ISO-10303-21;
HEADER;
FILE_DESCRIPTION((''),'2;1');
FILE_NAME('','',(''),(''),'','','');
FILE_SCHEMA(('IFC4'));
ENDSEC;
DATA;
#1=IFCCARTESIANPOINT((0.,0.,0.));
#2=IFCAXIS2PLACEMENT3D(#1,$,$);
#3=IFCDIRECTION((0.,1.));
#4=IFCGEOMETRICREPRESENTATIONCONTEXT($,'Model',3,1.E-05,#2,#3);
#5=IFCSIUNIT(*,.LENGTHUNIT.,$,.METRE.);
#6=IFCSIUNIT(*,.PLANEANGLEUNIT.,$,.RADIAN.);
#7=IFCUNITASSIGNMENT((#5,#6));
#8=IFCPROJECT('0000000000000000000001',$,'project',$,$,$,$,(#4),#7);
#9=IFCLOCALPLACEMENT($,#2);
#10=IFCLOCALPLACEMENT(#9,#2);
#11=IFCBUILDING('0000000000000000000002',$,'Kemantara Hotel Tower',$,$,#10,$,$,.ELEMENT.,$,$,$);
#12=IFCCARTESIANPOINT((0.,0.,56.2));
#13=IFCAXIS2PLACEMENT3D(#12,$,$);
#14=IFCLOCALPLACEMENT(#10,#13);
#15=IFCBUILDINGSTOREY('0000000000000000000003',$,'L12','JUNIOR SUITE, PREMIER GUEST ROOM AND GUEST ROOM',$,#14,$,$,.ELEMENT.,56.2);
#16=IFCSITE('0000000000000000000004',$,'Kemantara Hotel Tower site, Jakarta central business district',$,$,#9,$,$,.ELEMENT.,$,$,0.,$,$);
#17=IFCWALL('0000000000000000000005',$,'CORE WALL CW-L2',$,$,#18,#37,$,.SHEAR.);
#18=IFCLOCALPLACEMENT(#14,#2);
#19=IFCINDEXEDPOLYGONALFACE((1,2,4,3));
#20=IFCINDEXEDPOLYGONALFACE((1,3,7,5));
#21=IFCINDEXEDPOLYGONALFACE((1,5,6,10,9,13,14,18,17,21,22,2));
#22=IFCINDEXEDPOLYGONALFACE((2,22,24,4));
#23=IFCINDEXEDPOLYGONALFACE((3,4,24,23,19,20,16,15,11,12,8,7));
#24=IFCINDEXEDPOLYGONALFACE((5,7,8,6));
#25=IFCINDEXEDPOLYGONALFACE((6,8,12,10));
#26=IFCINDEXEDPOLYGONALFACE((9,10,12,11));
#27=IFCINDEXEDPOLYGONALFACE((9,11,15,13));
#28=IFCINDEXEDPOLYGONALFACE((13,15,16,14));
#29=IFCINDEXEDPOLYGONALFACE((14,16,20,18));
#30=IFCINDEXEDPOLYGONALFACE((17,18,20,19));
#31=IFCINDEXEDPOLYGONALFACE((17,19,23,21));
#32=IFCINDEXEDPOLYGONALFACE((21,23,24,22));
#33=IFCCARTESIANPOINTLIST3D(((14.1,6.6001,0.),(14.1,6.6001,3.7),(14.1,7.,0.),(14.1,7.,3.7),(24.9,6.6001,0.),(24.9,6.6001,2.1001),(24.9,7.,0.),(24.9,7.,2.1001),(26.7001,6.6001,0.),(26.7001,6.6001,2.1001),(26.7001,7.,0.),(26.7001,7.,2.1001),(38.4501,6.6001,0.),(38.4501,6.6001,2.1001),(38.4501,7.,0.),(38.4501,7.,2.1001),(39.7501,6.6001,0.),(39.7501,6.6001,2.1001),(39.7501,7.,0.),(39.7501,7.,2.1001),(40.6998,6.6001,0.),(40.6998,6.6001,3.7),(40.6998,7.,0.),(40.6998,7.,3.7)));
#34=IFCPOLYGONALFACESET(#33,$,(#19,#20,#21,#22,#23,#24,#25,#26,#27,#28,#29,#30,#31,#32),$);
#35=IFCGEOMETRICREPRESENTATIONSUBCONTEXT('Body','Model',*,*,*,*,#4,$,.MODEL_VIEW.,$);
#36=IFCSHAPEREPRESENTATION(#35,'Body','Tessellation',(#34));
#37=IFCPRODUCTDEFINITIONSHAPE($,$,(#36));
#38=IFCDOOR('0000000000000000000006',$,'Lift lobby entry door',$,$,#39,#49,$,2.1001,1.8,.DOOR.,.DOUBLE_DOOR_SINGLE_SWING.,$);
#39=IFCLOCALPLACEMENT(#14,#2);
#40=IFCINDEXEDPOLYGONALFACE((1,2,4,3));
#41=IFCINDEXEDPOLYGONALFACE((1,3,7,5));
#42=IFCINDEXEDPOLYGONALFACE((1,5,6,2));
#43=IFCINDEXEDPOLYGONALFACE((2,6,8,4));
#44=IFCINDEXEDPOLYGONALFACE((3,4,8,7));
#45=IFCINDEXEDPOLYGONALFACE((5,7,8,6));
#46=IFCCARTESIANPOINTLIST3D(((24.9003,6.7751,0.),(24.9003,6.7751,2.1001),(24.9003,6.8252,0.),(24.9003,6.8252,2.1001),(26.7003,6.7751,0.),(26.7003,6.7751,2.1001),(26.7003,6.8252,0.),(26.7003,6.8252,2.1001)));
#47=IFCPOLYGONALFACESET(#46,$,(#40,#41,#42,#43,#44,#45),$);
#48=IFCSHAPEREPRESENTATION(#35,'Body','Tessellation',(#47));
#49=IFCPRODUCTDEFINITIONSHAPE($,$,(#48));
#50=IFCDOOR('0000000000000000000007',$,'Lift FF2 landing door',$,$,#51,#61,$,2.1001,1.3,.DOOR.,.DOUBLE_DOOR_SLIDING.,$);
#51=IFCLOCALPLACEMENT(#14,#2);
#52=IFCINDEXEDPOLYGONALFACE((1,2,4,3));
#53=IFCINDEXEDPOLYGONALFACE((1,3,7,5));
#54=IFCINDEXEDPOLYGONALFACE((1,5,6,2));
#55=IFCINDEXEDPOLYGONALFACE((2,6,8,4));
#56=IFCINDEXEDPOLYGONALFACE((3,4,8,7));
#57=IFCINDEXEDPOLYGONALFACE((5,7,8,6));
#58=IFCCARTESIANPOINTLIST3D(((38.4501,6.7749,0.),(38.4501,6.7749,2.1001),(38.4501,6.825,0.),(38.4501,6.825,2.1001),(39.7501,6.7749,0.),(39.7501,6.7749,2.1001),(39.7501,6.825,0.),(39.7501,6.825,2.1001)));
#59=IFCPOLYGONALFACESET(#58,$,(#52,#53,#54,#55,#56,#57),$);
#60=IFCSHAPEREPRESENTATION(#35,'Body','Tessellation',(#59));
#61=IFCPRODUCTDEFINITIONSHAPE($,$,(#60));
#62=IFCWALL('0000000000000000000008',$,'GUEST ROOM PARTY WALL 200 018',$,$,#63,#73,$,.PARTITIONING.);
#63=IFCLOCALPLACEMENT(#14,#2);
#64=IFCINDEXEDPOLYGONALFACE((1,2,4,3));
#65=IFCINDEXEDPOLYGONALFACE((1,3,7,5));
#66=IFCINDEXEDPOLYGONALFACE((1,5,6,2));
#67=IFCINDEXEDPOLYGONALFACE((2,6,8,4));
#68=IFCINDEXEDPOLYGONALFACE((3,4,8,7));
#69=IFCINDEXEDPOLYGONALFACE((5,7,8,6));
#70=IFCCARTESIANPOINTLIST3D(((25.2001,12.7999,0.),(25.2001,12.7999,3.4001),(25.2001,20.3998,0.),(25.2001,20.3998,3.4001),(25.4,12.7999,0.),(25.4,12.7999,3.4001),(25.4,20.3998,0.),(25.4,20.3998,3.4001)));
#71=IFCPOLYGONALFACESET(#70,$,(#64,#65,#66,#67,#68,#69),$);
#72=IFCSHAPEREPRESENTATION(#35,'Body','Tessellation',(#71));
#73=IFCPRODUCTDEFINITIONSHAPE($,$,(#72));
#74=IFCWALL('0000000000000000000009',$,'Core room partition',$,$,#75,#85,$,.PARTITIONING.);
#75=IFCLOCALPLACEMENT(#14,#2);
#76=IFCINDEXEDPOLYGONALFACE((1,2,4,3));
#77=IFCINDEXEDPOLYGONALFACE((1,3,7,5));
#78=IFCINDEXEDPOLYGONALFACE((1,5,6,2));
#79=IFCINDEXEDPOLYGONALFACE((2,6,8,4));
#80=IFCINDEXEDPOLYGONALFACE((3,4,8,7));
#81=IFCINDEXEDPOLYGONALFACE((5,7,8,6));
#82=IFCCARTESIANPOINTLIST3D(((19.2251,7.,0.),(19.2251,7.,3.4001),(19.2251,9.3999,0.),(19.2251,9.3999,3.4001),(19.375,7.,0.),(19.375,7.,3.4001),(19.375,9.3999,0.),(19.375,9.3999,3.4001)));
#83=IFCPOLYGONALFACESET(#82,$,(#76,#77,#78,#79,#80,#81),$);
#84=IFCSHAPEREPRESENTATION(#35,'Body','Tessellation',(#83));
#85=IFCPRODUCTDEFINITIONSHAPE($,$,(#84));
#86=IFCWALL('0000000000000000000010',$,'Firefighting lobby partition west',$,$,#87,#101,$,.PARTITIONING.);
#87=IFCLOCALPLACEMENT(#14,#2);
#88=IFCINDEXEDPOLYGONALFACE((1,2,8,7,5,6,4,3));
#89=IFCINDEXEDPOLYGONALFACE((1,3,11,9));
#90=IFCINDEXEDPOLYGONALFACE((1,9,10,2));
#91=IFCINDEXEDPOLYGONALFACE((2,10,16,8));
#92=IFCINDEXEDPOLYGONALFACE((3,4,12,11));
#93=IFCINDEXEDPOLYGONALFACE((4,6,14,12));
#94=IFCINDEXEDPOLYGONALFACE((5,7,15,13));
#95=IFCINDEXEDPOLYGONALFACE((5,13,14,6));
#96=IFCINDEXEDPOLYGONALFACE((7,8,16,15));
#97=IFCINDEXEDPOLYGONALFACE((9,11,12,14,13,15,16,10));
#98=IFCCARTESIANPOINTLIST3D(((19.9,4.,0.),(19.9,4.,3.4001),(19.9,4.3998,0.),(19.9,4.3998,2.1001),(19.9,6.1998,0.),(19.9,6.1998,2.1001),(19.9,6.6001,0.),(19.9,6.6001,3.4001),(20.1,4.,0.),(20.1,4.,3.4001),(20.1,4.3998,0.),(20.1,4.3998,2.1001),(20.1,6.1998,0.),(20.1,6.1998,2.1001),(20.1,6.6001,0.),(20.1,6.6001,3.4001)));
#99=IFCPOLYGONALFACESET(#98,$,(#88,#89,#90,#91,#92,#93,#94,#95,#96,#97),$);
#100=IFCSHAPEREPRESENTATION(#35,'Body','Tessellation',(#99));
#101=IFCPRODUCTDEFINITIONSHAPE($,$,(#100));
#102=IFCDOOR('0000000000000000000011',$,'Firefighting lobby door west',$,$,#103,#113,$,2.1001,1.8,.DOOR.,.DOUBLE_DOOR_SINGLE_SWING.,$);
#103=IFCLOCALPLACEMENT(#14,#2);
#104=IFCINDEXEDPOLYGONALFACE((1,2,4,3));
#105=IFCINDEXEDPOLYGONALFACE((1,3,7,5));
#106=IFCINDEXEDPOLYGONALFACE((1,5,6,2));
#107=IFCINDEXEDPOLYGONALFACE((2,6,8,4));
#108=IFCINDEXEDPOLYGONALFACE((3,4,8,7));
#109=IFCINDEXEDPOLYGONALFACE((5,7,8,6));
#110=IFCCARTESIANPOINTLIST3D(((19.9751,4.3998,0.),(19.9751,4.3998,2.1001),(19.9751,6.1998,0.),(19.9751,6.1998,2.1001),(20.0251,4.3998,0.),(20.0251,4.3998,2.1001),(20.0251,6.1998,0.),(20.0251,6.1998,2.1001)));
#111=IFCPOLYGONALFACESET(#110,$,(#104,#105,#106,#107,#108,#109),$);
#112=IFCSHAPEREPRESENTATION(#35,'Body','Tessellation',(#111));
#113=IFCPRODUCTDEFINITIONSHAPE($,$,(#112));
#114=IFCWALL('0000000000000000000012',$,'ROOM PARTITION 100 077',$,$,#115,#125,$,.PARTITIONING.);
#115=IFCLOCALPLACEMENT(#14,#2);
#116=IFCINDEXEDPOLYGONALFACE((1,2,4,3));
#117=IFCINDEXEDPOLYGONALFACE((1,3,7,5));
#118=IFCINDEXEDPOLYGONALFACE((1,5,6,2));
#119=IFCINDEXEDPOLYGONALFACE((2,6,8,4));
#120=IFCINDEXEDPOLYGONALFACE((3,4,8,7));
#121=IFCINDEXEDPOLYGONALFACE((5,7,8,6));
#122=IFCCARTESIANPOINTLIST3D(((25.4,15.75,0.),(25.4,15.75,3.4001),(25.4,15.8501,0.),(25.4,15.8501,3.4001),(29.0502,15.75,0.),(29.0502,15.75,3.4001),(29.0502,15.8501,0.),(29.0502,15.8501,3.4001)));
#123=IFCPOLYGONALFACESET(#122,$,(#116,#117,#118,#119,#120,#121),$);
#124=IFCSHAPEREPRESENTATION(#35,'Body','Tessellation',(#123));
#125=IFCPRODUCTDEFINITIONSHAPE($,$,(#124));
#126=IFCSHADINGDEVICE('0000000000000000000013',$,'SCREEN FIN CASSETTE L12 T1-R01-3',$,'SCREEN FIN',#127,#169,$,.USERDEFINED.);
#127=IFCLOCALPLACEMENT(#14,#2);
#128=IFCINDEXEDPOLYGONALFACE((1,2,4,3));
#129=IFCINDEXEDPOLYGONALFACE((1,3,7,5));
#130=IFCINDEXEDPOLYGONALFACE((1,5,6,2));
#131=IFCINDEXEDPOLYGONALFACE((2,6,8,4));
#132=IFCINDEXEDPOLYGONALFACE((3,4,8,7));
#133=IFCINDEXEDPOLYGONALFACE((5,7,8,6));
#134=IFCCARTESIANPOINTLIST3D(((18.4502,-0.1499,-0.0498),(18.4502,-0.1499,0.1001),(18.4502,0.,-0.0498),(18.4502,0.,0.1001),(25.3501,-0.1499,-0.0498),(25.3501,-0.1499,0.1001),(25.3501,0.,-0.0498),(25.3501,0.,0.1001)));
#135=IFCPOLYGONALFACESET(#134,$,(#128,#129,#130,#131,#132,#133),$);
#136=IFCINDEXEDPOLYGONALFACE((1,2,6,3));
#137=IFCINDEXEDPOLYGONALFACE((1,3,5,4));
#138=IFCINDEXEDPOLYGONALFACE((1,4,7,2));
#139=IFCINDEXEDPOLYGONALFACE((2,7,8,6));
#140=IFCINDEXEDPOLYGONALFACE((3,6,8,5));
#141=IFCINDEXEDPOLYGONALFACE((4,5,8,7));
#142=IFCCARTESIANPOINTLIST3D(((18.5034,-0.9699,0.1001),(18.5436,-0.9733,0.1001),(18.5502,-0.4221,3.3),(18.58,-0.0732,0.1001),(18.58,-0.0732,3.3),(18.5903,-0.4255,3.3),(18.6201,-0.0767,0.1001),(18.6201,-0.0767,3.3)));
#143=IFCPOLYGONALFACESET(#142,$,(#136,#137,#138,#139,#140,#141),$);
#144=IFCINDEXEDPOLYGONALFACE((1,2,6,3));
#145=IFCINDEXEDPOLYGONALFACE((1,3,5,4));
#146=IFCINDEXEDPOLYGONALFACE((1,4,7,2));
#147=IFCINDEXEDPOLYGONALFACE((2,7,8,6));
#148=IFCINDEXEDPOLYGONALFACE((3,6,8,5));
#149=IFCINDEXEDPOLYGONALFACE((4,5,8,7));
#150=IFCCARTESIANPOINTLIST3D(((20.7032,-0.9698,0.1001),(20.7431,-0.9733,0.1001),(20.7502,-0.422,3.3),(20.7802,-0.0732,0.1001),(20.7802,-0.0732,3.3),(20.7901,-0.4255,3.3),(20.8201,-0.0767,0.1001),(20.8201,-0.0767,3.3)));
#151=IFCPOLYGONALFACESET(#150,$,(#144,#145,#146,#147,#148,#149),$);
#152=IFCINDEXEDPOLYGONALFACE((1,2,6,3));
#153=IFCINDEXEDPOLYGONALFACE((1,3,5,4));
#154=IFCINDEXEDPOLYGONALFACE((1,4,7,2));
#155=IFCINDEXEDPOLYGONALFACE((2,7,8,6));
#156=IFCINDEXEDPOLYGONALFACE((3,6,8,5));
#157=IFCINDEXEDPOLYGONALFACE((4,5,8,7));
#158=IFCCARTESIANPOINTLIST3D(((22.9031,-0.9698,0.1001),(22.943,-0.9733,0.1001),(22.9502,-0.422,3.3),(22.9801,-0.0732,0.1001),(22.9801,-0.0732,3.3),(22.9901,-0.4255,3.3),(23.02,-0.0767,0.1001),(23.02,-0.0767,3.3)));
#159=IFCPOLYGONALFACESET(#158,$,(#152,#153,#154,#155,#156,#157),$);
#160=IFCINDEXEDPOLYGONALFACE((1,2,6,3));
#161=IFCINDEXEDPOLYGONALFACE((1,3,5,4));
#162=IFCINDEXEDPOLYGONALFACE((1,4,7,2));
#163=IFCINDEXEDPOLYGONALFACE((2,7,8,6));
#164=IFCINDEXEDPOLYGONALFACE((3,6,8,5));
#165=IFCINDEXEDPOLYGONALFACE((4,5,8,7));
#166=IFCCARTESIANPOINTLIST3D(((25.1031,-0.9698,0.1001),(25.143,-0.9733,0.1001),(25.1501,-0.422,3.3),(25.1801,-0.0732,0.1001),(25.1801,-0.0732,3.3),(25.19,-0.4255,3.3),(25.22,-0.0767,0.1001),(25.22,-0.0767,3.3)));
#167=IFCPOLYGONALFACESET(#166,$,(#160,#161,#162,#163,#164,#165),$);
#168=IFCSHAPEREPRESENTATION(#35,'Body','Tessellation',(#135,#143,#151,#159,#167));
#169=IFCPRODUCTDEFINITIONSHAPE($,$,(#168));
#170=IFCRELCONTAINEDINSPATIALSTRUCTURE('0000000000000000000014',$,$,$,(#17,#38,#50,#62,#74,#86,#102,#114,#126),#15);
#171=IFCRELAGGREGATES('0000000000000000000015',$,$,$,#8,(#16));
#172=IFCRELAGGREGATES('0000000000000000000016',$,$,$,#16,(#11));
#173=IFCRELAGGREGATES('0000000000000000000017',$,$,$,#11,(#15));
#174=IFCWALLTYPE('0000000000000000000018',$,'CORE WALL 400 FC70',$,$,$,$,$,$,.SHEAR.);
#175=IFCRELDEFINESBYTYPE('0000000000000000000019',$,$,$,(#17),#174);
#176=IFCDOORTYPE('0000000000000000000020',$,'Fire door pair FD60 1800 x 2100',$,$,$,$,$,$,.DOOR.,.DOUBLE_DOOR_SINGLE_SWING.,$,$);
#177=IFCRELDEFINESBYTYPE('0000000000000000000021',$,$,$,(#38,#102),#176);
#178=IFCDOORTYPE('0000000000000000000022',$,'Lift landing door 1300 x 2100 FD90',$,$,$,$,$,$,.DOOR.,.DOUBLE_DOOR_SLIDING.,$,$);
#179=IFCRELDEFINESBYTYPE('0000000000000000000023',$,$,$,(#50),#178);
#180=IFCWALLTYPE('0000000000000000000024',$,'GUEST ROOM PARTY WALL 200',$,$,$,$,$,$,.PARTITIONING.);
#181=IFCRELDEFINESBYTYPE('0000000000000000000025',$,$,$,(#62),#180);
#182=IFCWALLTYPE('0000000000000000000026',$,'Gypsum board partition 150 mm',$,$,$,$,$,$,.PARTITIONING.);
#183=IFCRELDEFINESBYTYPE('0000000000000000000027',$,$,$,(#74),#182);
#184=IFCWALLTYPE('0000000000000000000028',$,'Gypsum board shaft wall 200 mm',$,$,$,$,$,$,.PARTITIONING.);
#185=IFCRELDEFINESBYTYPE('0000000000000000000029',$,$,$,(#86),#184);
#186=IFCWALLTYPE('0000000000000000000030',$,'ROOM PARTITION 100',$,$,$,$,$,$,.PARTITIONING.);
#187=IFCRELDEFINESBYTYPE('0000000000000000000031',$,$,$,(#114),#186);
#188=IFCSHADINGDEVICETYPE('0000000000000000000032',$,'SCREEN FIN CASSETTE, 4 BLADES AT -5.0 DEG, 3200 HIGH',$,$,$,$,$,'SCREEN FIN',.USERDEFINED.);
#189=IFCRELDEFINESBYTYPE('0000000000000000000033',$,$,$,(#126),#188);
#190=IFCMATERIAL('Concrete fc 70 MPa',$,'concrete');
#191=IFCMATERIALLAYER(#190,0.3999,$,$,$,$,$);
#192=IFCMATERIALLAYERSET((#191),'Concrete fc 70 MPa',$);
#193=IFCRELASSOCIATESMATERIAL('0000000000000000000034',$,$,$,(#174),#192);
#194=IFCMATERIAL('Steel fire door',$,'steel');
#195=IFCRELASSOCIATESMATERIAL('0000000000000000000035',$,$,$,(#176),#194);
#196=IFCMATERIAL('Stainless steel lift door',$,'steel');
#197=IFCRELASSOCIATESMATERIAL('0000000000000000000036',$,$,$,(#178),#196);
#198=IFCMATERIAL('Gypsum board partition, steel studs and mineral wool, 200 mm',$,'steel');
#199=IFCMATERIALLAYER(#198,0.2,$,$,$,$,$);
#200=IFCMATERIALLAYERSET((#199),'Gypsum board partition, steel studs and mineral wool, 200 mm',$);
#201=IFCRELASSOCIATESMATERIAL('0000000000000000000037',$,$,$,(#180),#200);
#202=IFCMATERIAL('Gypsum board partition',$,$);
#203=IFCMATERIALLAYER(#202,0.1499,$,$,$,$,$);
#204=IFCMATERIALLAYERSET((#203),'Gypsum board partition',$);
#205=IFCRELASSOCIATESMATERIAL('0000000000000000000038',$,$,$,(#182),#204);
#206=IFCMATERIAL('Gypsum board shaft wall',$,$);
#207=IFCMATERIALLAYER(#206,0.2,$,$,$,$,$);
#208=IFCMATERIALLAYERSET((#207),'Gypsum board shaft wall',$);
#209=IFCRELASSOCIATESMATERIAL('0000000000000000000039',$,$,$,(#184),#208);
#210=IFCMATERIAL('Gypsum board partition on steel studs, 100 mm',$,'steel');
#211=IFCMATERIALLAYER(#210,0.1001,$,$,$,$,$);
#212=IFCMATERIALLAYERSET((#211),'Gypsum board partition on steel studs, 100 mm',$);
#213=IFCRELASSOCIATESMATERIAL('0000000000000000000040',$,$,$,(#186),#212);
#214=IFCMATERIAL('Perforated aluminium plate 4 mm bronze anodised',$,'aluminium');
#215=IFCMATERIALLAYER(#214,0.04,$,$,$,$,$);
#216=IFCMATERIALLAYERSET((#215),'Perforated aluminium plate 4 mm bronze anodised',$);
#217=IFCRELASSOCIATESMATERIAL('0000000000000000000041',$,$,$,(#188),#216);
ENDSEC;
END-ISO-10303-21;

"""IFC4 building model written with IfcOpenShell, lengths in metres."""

from ifc_helpers import new_model, si_unit, direction, frame, frame_2d, origin, origin_2d, place, context, subcontext, project, spatial, polyline, rectangle, outline, extrude, source, transform, mapped, material, layer, layer_set, type_object, element, fill, save


model = new_model("IFC4")

# Units and contexts
model_context = context("Model", 3, precision=1e-05, world=origin(), true_north=direction((0.0, 1.0)))
body_context = subcontext(model_context, "Body", "Model", "MODEL_VIEW")
ifc_project = project(units=[si_unit("LENGTHUNIT", "METRE"), si_unit("PLANEANGLEUNIT", "RADIAN")], contexts=[model_context])

# Site, building, storey
site_placement = place(None, origin())
site = spatial("IfcSite", under=ifc_project, at=site_placement, Name="Kemantara Hotel Tower site, Jakarta central business district", CompositionType="ELEMENT", RefElevation=0.0)
building_placement = place(site_placement, origin())
building = spatial("IfcBuilding", under=site, at=building_placement, Name="Kemantara Hotel Tower", CompositionType="ELEMENT")
storey_placement = place(building_placement, frame((0.0, 0.0, 56.2)))
storey = spatial("IfcBuildingStorey", under=building, at=storey_placement, Name="L12", Description="JUNIOR SUITE, PREMIER GUEST ROOM AND GUEST ROOM", CompositionType="ELEMENT", Elevation=56.2)

# Shared definitions
ifc_material_1 = material(Name="Concrete fc 70 MPa", Category="concrete")

# Wall, openings, doors
ifc_layer_1 = layer(ifc_material_1, 0.3999)
ifc_layer_set_1 = layer_set([ifc_layer_1], Name="Concrete fc 70 MPa")
wall_type_1 = type_object("IfcWallType", Name="CORE WALL 400 FC70", PredefinedType="SHEAR", material=ifc_layer_set_1)
ifc_material_2 = material(Name="Steel fire door", Category="steel")
wall_1_placement = place(storey_placement, frame((14.1001, 6.8, 0.0), z_axis=(0.0, 0.0, 1.0), x_axis=(1.0, 0.0, 0.0)))
wall_1 = element("IfcWall", 1, at=wall_1_placement, inside=storey, type_object=wall_type_1, Name="CORE WALL CW-L2", PredefinedType="SHEAR", context=body_context, shape_type="SweptSolid", body=[
    extrude(rectangle(XDim=26.5999, YDim=0.3999, at=frame_2d((13.2998, 0.0))), origin(), (0.0, 0.0, 1.0), 3.7),
])
opening_1_placement = place(wall_1_placement, frame((10.8, 0.0, 0.0)))
opening_1 = element("IfcOpeningElement", 2, at=opening_1_placement, cuts=wall_1, PredefinedType="OPENING", context=body_context, shape_type="SweptSolid", body=[
    extrude(rectangle(XDim=1.8, YDim=2.1001, at=frame_2d((0.8999, 1.05))), frame((0.0, 0.21, 0.0), z_axis=(0.0, -1.0, 0.0), x_axis=(1.0, 0.0, 0.0)), (0.0, 0.0, 1.0), 0.4199),
])
opening_2_placement = place(wall_1_placement, frame((24.3501, 0.0, 0.0)))
opening_2 = element("IfcOpeningElement", 3, at=opening_2_placement, cuts=wall_1, PredefinedType="OPENING", context=body_context, shape_type="SweptSolid", body=[
    extrude(rectangle(XDim=1.3, YDim=2.1001, at=frame_2d((0.6499, 1.05))), frame((0.0, 0.21, 0.0), z_axis=(0.0, -1.0, 0.0), x_axis=(1.0, 0.0, 0.0)), (0.0, 0.0, 1.0), 0.4199),
])
door_type_1 = type_object("IfcDoorType", Name="Fire door pair FD60 1800 x 2100", OperationType="DOUBLE_DOOR_SINGLE_SWING", PredefinedType="DOOR", material=ifc_material_2)
door_1_placement = place(opening_1_placement, frame((1.8, 0.0, 0.0), z_axis=(0.0, 0.0, 1.0), x_axis=(-1.0, 0.0, 0.0)))
door_1 = element("IfcDoor", 4, at=door_1_placement, inside=storey, type_object=door_type_1, Name="Lift lobby entry door", OperationType="DOUBLE_DOOR_SINGLE_SWING", OverallHeight=2.1001, OverallWidth=1.8, PredefinedType="DOOR", context=body_context, shape_type="SweptSolid", body=[
    extrude(rectangle(XDim=1.8, YDim=2.1001, at=frame_2d((0.8999, 1.05))), frame((0.0, 0.0249, 0.0), z_axis=(0.0, -1.0, 0.0), x_axis=(1.0, 0.0, 0.0)), (0.0, 0.0, 1.0), 0.05),
])
fill(opening_1, door_1)
ifc_material_3 = material(Name="Stainless steel lift door", Category="steel")
door_type_2 = type_object("IfcDoorType", Name="Lift landing door 1300 x 2100 FD90", OperationType="DOUBLE_DOOR_SLIDING", PredefinedType="DOOR", material=ifc_material_3)
door_2_placement = place(opening_2_placement, origin())
door_2 = element("IfcDoor", 5, at=door_2_placement, inside=storey, type_object=door_type_2, Name="Lift FF2 landing door", OperationType="DOUBLE_DOOR_SLIDING", OverallHeight=2.1001, OverallWidth=1.3, PredefinedType="DOOR", context=body_context, shape_type="SweptSolid", body=[
    extrude(rectangle(XDim=1.3, YDim=2.1001, at=frame_2d((0.6499, 1.05))), frame((0.0, 0.0249, 0.0), z_axis=(0.0, -1.0, 0.0), x_axis=(1.0, 0.0, 0.0)), (0.0, 0.0, 1.0), 0.05),
])
fill(opening_2, door_2)

# Walls
ifc_material_4 = material(Name="Gypsum board partition, steel studs and mineral wool, 200 mm", Category="steel")
ifc_layer_2 = layer(ifc_material_4, 0.2)
ifc_layer_set_2 = layer_set([ifc_layer_2], Name="Gypsum board partition, steel studs and mineral wool, 200 mm")
wall_type_2 = type_object("IfcWallType", Name="GUEST ROOM PARTY WALL 200", PredefinedType="PARTITIONING", material=ifc_layer_set_2)
wall_2_placement = place(storey_placement, frame((25.3, 12.8, 0.0), z_axis=(0.0, 0.0, 1.0), x_axis=(0.0, 1.0, 0.0)))
element("IfcWall", 6, at=wall_2_placement, inside=storey, type_object=wall_type_2, Name="GUEST ROOM PARTY WALL 200 018", PredefinedType="PARTITIONING", context=body_context, shape_type="SweptSolid", body=[
    extrude(rectangle(XDim=7.5999, YDim=0.2, at=frame_2d((3.7998, 0.0))), origin(), (0.0, 0.0, 1.0), 3.4001),
])
ifc_material_5 = material(Name="Gypsum board partition")
ifc_layer_3 = layer(ifc_material_5, 0.1499)
ifc_layer_set_3 = layer_set([ifc_layer_3], Name="Gypsum board partition")
wall_type_3 = type_object("IfcWallType", Name="Gypsum board partition 150 mm", PredefinedType="PARTITIONING", material=ifc_layer_set_3)
wall_3_placement = place(storey_placement, frame((19.3, 7.0, 0.0), z_axis=(0.0, 0.0, 1.0), x_axis=(0.0, 1.0, 0.0)))
element("IfcWall", 7, at=wall_3_placement, inside=storey, type_object=wall_type_3, Name="Core room partition", PredefinedType="PARTITIONING", context=body_context, shape_type="SweptSolid", body=[
    extrude(rectangle(XDim=2.3999, YDim=0.1499, at=frame_2d((1.2, 0.0))), origin(), (0.0, 0.0, 1.0), 3.4001),
])

# Wall, opening, door
ifc_material_6 = material(Name="Gypsum board shaft wall")
ifc_layer_4 = layer(ifc_material_6, 0.2)
ifc_layer_set_4 = layer_set([ifc_layer_4], Name="Gypsum board shaft wall")
wall_type_4 = type_object("IfcWallType", Name="Gypsum board shaft wall 200 mm", PredefinedType="PARTITIONING", material=ifc_layer_set_4)
wall_4_placement = place(storey_placement, frame((20.0, 4.0, 0.0), z_axis=(0.0, 0.0, 1.0), x_axis=(0.0, 1.0, 0.0)))
wall_4 = element("IfcWall", 8, at=wall_4_placement, inside=storey, type_object=wall_type_4, Name="Firefighting lobby partition west", PredefinedType="PARTITIONING", context=body_context, shape_type="SweptSolid", body=[
    extrude(rectangle(XDim=2.6001, YDim=0.2, at=frame_2d((1.3, 0.0))), origin(), (0.0, 0.0, 1.0), 3.4001),
])
opening_3_placement = place(wall_4_placement, frame((0.3999, 0.0, 0.0)))
opening_3 = element("IfcOpeningElement", 9, at=opening_3_placement, cuts=wall_4, PredefinedType="OPENING", context=body_context, shape_type="SweptSolid", body=[
    extrude(rectangle(XDim=1.8, YDim=2.1001, at=frame_2d((0.8999, 1.05))), frame((0.0, 0.1099, 0.0), z_axis=(0.0, -1.0, 0.0), x_axis=(1.0, 0.0, 0.0)), (0.0, 0.0, 1.0), 0.22),
])
door_3_placement = place(opening_3_placement, origin())
door_3 = element("IfcDoor", 10, at=door_3_placement, inside=storey, type_object=door_type_1, Name="Firefighting lobby door west", OperationType="DOUBLE_DOOR_SINGLE_SWING", OverallHeight=2.1001, OverallWidth=1.8, PredefinedType="DOOR", context=body_context, shape_type="SweptSolid", body=[
    extrude(rectangle(XDim=1.8, YDim=2.1001, at=frame_2d((0.8999, 1.05))), frame((0.0, 0.0249, 0.0), z_axis=(0.0, -1.0, 0.0), x_axis=(1.0, 0.0, 0.0)), (0.0, 0.0, 1.0), 0.05),
])
fill(opening_3, door_3)

# Wall
ifc_material_7 = material(Name="Gypsum board partition on steel studs, 100 mm", Category="steel")
ifc_layer_5 = layer(ifc_material_7, 0.1001)
ifc_layer_set_5 = layer_set([ifc_layer_5], Name="Gypsum board partition on steel studs, 100 mm")
wall_type_5 = type_object("IfcWallType", Name="ROOM PARTITION 100", PredefinedType="PARTITIONING", material=ifc_layer_set_5)
wall_5_placement = place(storey_placement, frame((25.3999, 15.8, 0.0), z_axis=(0.0, 0.0, 1.0), x_axis=(1.0, 0.0, 0.0)))
element("IfcWall", 11, at=wall_5_placement, inside=storey, type_object=wall_type_5, Name="ROOM PARTITION 100 077", PredefinedType="PARTITIONING", context=body_context, shape_type="SweptSolid", body=[
    extrude(rectangle(XDim=3.6501, YDim=0.1001, at=frame_2d((1.8252, 0.0))), origin(), (0.0, 0.0, 1.0), 3.4001),
])

# Shading device
ifc_material_8 = material(Name="Perforated aluminium plate 4 mm bronze anodised", Category="aluminium")
ifc_layer_6 = layer(ifc_material_8, 0.04)
ifc_layer_set_6 = layer_set([ifc_layer_6], Name="Perforated aluminium plate 4 mm bronze anodised")
shading_device_type = type_object("IfcShadingDeviceType", Name="SCREEN FIN CASSETTE, 4 BLADES AT -5.0 DEG, 3200 HIGH", ElementType="SCREEN FIN", PredefinedType="USERDEFINED", material=ifc_layer_set_6)
shared_shape = source(origin(), body_context, "Body", "SweptSolid", [
    extrude(rectangle(XDim=6.8999, YDim=0.1499, at=origin_2d()), frame((3.3, -0.075, -0.1499), z_axis=(0.0, 0.0, 1.0), x_axis=(1.0, 0.0, 0.0)), (0.0, 0.0, 1.0), 0.1499),
    extrude(outline(polyline([(0.0, 0.0), (0.8999, 0.0), (0.3501, 3.2), (0.0, 3.2), (0.0, 0.0)])), frame((0.02, -0.0767, 0.0), z_axis=(-0.996376, 0.085056, 0.0), x_axis=(-0.085056, -0.996376, 0.0)), (0.0, 0.0, 1.0), 0.0403),
    extrude(outline(polyline([(0.0, 0.0), (0.8999, 0.0), (0.3501, 3.2), (0.0, 3.2), (0.0, 0.0)])), frame((2.22, -0.0767, 0.0), z_axis=(-0.996332, 0.085575, 0.0), x_axis=(-0.085575, -0.996332, 0.0)), (0.0, 0.0, 1.0), 0.04),
    extrude(outline(polyline([(0.0, 0.0), (0.8999, 0.0), (0.3501, 3.2), (0.0, 3.2), (0.0, 0.0)])), frame((4.4199, -0.0767, 0.0), z_axis=(-0.996332, 0.085575, 0.0), x_axis=(-0.085575, -0.996332, 0.0)), (0.0, 0.0, 1.0), 0.04),
    extrude(outline(polyline([(0.0, 0.0), (0.8999, 0.0), (0.3501, 3.2), (0.0, 3.2), (0.0, 0.0)])), frame((6.6199, -0.0767, 0.0), z_axis=(-0.996332, 0.085575, 0.0), x_axis=(-0.085575, -0.996332, 0.0)), (0.0, 0.0, 1.0), 0.04),
])
shading_device_placement = place(storey_placement, frame((18.6001, 0.0, 0.1001), z_axis=(0.0, 0.0, 1.0), x_axis=(1.0, 0.0, 0.0)))
element("IfcShadingDevice", 12, at=shading_device_placement, inside=storey, type_object=shading_device_type, Name="SCREEN FIN CASSETTE L12 T1-R01-3", ObjectType="SCREEN FIN", PredefinedType="USERDEFINED", context=body_context, shape_type="MappedRepresentation", body=[
    mapped(shared_shape, transform((0.0, 0.0, 0.0))),
])

save(model, "model.ifc")
